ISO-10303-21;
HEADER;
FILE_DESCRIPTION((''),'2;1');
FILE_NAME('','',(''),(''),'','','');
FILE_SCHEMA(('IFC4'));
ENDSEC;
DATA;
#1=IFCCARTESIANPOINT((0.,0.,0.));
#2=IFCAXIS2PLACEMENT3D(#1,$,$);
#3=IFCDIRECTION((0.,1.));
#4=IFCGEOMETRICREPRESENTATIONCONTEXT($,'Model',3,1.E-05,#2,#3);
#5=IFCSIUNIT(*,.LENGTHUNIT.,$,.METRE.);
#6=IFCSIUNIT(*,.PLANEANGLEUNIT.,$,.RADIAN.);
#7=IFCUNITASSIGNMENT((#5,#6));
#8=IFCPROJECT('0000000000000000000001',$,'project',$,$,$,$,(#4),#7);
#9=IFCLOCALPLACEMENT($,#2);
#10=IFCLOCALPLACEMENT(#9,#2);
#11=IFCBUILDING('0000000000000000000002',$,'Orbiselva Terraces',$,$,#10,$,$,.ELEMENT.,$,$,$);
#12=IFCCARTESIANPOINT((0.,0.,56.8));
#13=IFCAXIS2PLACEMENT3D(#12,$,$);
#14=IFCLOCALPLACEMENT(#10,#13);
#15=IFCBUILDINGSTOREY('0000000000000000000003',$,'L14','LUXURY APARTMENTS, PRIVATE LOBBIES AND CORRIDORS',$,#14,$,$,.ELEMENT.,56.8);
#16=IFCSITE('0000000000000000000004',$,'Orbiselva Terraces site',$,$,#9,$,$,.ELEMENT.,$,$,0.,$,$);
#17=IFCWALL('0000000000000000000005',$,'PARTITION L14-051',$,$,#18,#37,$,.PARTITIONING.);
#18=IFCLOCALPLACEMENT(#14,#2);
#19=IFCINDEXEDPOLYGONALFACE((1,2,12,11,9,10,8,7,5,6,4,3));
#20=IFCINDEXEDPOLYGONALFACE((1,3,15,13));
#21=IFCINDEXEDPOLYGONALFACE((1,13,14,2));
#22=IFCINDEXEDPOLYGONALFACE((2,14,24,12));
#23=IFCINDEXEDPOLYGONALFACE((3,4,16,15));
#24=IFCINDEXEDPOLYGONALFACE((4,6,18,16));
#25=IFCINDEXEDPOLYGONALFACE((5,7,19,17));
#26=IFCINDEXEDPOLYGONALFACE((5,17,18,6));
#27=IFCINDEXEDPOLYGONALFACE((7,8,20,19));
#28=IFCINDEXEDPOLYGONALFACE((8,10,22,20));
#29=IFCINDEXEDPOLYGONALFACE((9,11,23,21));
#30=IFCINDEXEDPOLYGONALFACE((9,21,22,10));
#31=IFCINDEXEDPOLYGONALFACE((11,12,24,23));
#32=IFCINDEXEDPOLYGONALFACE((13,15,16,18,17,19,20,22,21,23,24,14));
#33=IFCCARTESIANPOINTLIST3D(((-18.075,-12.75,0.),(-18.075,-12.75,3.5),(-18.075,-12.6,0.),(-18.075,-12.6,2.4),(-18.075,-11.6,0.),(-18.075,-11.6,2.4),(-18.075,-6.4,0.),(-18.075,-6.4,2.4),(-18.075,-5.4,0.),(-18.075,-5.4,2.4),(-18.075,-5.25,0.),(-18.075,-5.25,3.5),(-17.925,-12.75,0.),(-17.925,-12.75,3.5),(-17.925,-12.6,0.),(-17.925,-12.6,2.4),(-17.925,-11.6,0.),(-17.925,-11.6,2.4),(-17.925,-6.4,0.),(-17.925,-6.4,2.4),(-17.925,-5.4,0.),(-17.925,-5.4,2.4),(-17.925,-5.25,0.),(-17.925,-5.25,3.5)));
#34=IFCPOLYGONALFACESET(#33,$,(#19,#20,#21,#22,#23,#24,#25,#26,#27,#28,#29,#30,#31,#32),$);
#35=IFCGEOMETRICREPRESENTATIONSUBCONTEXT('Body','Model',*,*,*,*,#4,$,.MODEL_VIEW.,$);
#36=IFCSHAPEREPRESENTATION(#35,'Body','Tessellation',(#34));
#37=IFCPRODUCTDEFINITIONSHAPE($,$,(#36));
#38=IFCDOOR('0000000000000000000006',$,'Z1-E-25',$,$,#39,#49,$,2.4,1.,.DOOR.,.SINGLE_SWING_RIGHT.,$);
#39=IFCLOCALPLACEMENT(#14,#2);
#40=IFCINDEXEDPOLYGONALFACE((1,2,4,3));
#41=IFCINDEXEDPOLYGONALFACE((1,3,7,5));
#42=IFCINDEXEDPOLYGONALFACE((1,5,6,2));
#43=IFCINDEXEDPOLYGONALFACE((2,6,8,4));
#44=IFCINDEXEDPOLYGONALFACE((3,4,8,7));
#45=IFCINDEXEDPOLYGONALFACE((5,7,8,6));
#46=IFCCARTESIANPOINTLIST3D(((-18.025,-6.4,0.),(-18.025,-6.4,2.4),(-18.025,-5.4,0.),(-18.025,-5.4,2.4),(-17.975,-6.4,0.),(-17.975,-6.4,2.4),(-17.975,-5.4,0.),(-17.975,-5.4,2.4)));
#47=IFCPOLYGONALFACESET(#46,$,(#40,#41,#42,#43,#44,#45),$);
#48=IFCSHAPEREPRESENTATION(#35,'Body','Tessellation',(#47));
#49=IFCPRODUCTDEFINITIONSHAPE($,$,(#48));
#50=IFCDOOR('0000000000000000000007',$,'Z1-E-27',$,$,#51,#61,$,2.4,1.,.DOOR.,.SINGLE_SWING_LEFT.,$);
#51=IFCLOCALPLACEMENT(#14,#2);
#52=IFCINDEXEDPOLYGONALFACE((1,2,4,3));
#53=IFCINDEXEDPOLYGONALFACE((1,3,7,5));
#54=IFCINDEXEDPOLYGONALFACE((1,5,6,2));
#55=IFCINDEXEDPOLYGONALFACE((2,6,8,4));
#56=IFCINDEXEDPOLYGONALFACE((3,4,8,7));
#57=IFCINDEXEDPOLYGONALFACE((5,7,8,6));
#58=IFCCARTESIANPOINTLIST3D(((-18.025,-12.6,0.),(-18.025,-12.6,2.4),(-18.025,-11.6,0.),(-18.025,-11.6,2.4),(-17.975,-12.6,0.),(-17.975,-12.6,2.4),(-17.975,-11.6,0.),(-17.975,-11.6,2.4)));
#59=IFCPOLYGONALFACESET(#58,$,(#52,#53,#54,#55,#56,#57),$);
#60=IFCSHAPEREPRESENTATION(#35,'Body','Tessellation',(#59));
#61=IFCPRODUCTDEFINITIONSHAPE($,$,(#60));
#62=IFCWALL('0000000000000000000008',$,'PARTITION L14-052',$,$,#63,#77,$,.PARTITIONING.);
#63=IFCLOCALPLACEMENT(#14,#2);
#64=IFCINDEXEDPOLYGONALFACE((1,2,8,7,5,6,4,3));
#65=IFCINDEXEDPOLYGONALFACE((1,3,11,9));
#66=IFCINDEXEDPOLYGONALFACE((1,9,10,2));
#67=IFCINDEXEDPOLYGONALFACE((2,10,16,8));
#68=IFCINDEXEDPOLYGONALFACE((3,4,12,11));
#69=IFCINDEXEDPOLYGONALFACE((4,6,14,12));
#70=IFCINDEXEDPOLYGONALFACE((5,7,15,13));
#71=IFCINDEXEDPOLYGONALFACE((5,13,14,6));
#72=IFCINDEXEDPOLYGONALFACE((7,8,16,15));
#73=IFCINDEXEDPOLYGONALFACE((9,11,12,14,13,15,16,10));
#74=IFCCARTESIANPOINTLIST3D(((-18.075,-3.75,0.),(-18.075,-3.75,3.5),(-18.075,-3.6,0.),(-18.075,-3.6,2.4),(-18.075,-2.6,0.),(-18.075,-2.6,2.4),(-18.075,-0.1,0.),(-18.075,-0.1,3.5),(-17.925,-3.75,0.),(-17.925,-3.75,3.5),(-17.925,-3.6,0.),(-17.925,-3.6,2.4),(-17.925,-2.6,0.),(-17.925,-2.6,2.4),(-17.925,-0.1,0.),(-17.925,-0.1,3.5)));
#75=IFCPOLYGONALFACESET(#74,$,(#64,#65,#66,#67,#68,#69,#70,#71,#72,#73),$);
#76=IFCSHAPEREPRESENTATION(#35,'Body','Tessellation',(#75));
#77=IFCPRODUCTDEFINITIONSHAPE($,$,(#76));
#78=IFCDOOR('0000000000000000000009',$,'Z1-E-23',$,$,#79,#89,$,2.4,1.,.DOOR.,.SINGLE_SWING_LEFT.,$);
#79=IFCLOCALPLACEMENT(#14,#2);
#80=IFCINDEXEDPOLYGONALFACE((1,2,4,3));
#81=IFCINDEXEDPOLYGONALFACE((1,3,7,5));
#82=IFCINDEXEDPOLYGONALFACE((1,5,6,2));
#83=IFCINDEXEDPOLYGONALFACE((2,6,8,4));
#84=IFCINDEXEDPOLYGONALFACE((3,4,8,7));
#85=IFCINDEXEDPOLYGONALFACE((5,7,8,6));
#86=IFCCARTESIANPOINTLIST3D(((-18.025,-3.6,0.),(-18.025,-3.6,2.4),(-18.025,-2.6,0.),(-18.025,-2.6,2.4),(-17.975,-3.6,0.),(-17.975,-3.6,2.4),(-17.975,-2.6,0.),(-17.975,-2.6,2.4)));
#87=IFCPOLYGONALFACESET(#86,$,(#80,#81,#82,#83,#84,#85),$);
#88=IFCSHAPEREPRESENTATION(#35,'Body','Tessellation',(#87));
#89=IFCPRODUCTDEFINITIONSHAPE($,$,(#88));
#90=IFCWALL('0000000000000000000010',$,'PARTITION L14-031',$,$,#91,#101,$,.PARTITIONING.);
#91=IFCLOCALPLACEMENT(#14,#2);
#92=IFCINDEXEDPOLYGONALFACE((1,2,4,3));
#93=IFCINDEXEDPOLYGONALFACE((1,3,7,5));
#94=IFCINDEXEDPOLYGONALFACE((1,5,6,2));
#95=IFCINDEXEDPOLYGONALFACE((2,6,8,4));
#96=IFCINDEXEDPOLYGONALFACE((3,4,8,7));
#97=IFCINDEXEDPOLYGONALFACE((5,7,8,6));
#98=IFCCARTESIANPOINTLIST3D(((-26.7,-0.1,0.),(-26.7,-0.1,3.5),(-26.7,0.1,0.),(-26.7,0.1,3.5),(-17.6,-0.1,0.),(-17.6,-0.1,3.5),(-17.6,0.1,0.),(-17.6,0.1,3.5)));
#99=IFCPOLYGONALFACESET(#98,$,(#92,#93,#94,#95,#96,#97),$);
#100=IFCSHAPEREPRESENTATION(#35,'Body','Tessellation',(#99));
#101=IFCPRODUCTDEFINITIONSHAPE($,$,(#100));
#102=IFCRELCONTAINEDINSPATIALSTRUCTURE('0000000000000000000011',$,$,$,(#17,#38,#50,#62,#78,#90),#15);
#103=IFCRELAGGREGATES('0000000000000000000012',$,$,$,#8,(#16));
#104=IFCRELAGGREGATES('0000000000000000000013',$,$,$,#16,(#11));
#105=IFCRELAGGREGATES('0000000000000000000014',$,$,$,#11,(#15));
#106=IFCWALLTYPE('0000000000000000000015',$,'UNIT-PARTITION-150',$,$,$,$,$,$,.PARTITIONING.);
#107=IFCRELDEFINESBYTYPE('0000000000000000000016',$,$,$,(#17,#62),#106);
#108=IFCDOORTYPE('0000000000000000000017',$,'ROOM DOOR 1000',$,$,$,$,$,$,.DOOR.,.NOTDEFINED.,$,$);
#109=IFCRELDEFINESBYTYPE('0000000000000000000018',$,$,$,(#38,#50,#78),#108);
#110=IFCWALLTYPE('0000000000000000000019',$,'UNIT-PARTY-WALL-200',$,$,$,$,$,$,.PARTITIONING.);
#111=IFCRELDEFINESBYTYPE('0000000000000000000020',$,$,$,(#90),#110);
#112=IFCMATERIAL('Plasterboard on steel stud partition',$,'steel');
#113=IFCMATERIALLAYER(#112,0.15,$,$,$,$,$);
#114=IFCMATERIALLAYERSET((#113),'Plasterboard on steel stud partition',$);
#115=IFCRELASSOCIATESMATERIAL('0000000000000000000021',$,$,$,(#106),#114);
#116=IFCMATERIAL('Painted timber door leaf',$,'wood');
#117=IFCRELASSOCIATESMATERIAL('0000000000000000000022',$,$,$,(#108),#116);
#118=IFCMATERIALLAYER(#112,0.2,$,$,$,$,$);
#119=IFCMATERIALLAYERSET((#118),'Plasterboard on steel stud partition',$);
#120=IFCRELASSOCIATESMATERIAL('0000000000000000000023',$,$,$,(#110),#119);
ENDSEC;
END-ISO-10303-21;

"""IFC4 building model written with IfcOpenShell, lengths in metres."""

from ifc_helpers import new_model, si_unit, direction, frame, frame_2d, origin, place, context, subcontext, project, spatial, rectangle, extrude, material, layer, layer_set, type_object, element, fill, save


model = new_model("IFC4")

# Units and contexts
model_context = context("Model", 3, precision=1e-05, world=origin(), true_north=direction((0.0, 1.0)))
body_context = subcontext(model_context, "Body", "Model", "MODEL_VIEW")
ifc_project = project(units=[si_unit("LENGTHUNIT", "METRE"), si_unit("PLANEANGLEUNIT", "RADIAN")], contexts=[model_context])

# Site, building, storey
site_placement = place(None, origin())
site = spatial("IfcSite", under=ifc_project, at=site_placement, Name="Orbiselva Terraces site", CompositionType="ELEMENT", RefElevation=0.0)
building_placement = place(site_placement, origin())
building = spatial("IfcBuilding", under=site, at=building_placement, Name="Orbiselva Terraces", CompositionType="ELEMENT")
storey_placement = place(building_placement, frame((0.0, 0.0, 56.8)))
storey = spatial("IfcBuildingStorey", under=building, at=storey_placement, Name="L14", Description="LUXURY APARTMENTS, PRIVATE LOBBIES AND CORRIDORS", CompositionType="ELEMENT", Elevation=56.8)

# Shared definitions
ifc_material_1 = material(Name="Plasterboard on steel stud partition", Category="steel")
ifc_layer_1 = layer(ifc_material_1, 0.15)
ifc_layer_set_1 = layer_set([ifc_layer_1], Name="Plasterboard on steel stud partition")
wall_type_1 = type_object("IfcWallType", Name="UNIT-PARTITION-150", PredefinedType="PARTITIONING", material=ifc_layer_set_1)

# Shared definitions
ifc_material_2 = material(Name="Painted timber door leaf", Category="wood")

# Wall, openings, doors
wall_1_placement = place(storey_placement, frame((-18.0, -12.75, 0.0), z_axis=(0.0, 0.0, 1.0), x_axis=(0.0, 1.0, 0.0)))
wall_1 = element("IfcWall", 1, at=wall_1_placement, inside=storey, type_object=wall_type_1, Name="PARTITION L14-051", PredefinedType="PARTITIONING", context=body_context, shape_type="SweptSolid", body=[
    extrude(rectangle(XDim=7.5, YDim=0.15, at=frame_2d((3.75, 0.0))), origin(), (0.0, 0.0, 1.0), 3.5),
])
opening_1_placement = place(wall_1_placement, frame((6.35, 0.0, 0.0)))
opening_1 = element("IfcOpeningElement", 2, at=opening_1_placement, cuts=wall_1, PredefinedType="OPENING", context=body_context, shape_type="SweptSolid", body=[
    extrude(rectangle(XDim=1.0, YDim=2.4, at=frame_2d((0.5, 1.2))), frame((0.0, 0.085, 0.0), z_axis=(0.0, -1.0, 0.0), x_axis=(1.0, 0.0, 0.0)), (0.0, 0.0, 1.0), 0.17),
])
opening_2_placement = place(wall_1_placement, frame((0.15, 0.0, 0.0)))
opening_2 = element("IfcOpeningElement", 3, at=opening_2_placement, cuts=wall_1, PredefinedType="OPENING", context=body_context, shape_type="SweptSolid", body=[
    extrude(rectangle(XDim=1.0, YDim=2.4, at=frame_2d((0.5, 1.2))), frame((0.0, 0.085, 0.0), z_axis=(0.0, -1.0, 0.0), x_axis=(1.0, 0.0, 0.0)), (0.0, 0.0, 1.0), 0.17),
])
door_type_1 = type_object("IfcDoorType", Name="ROOM DOOR 1000", OperationType="NOTDEFINED", PredefinedType="DOOR", material=ifc_material_2)
door_1_placement = place(opening_1_placement, origin())
door_1 = element("IfcDoor", 4, at=door_1_placement, inside=storey, type_object=door_type_1, Name="Z1-E-25", OperationType="SINGLE_SWING_RIGHT", OverallHeight=2.4, OverallWidth=1.0, PredefinedType="DOOR", context=body_context, shape_type="SweptSolid", body=[
    extrude(rectangle(XDim=1.0, YDim=2.4, at=frame_2d((0.5, 1.2))), frame((0.0, 0.025, 0.0), z_axis=(0.0, -1.0, 0.0), x_axis=(1.0, 0.0, 0.0)), (0.0, 0.0, 1.0), 0.05),
])
fill(opening_1, door_1)
door_2_placement = place(opening_2_placement, origin())
door_2 = element("IfcDoor", 5, at=door_2_placement, inside=storey, type_object=door_type_1, Name="Z1-E-27", OperationType="SINGLE_SWING_LEFT", OverallHeight=2.4, OverallWidth=1.0, PredefinedType="DOOR", context=body_context, shape_type="SweptSolid", body=[
    extrude(rectangle(XDim=1.0, YDim=2.4, at=frame_2d((0.5, 1.2))), frame((0.0, 0.025, 0.0), z_axis=(0.0, -1.0, 0.0), x_axis=(1.0, 0.0, 0.0)), (0.0, 0.0, 1.0), 0.05),
])
fill(opening_2, door_2)

# Wall, opening, door
wall_2_placement = place(storey_placement, frame((-18.0, -3.75, 0.0), z_axis=(0.0, 0.0, 1.0), x_axis=(0.0, 1.0, 0.0)))
wall_2 = element("IfcWall", 6, at=wall_2_placement, inside=storey, type_object=wall_type_1, Name="PARTITION L14-052", PredefinedType="PARTITIONING", context=body_context, shape_type="SweptSolid", body=[
    extrude(rectangle(XDim=3.65, YDim=0.15, at=frame_2d((1.825, 0.0))), origin(), (0.0, 0.0, 1.0), 3.5),
])
opening_3_placement = place(wall_2_placement, frame((0.15, 0.0, 0.0)))
opening_3 = element("IfcOpeningElement", 7, at=opening_3_placement, cuts=wall_2, PredefinedType="OPENING", context=body_context, shape_type="SweptSolid", body=[
    extrude(rectangle(XDim=1.0, YDim=2.4, at=frame_2d((0.5, 1.2))), frame((0.0, 0.085, 0.0), z_axis=(0.0, -1.0, 0.0), x_axis=(1.0, 0.0, 0.0)), (0.0, 0.0, 1.0), 0.17),
])
door_3_placement = place(opening_3_placement, origin())
door_3 = element("IfcDoor", 8, at=door_3_placement, inside=storey, type_object=door_type_1, Name="Z1-E-23", OperationType="SINGLE_SWING_LEFT", OverallHeight=2.4, OverallWidth=1.0, PredefinedType="DOOR", context=body_context, shape_type="SweptSolid", body=[
    extrude(rectangle(XDim=1.0, YDim=2.4, at=frame_2d((0.5, 1.2))), frame((0.0, 0.025, 0.0), z_axis=(0.0, -1.0, 0.0), x_axis=(1.0, 0.0, 0.0)), (0.0, 0.0, 1.0), 0.05),
])
fill(opening_3, door_3)

# Wall
ifc_layer_2 = layer(ifc_material_1, 0.2)
ifc_layer_set_2 = layer_set([ifc_layer_2], Name="Plasterboard on steel stud partition")
wall_type_2 = type_object("IfcWallType", Name="UNIT-PARTY-WALL-200", PredefinedType="PARTITIONING", material=ifc_layer_set_2)
wall_3_placement = place(storey_placement, frame((-26.7, 0.0, 0.0), z_axis=(0.0, 0.0, 1.0), x_axis=(1.0, 0.0, 0.0)))
element("IfcWall", 9, at=wall_3_placement, inside=storey, type_object=wall_type_2, Name="PARTITION L14-031", PredefinedType="PARTITIONING", context=body_context, shape_type="SweptSolid", body=[
    extrude(rectangle(XDim=9.1, YDim=0.2, at=frame_2d((4.55, 0.0))), origin(), (0.0, 0.0, 1.0), 3.5),
])

save(model, "model.ifc")
